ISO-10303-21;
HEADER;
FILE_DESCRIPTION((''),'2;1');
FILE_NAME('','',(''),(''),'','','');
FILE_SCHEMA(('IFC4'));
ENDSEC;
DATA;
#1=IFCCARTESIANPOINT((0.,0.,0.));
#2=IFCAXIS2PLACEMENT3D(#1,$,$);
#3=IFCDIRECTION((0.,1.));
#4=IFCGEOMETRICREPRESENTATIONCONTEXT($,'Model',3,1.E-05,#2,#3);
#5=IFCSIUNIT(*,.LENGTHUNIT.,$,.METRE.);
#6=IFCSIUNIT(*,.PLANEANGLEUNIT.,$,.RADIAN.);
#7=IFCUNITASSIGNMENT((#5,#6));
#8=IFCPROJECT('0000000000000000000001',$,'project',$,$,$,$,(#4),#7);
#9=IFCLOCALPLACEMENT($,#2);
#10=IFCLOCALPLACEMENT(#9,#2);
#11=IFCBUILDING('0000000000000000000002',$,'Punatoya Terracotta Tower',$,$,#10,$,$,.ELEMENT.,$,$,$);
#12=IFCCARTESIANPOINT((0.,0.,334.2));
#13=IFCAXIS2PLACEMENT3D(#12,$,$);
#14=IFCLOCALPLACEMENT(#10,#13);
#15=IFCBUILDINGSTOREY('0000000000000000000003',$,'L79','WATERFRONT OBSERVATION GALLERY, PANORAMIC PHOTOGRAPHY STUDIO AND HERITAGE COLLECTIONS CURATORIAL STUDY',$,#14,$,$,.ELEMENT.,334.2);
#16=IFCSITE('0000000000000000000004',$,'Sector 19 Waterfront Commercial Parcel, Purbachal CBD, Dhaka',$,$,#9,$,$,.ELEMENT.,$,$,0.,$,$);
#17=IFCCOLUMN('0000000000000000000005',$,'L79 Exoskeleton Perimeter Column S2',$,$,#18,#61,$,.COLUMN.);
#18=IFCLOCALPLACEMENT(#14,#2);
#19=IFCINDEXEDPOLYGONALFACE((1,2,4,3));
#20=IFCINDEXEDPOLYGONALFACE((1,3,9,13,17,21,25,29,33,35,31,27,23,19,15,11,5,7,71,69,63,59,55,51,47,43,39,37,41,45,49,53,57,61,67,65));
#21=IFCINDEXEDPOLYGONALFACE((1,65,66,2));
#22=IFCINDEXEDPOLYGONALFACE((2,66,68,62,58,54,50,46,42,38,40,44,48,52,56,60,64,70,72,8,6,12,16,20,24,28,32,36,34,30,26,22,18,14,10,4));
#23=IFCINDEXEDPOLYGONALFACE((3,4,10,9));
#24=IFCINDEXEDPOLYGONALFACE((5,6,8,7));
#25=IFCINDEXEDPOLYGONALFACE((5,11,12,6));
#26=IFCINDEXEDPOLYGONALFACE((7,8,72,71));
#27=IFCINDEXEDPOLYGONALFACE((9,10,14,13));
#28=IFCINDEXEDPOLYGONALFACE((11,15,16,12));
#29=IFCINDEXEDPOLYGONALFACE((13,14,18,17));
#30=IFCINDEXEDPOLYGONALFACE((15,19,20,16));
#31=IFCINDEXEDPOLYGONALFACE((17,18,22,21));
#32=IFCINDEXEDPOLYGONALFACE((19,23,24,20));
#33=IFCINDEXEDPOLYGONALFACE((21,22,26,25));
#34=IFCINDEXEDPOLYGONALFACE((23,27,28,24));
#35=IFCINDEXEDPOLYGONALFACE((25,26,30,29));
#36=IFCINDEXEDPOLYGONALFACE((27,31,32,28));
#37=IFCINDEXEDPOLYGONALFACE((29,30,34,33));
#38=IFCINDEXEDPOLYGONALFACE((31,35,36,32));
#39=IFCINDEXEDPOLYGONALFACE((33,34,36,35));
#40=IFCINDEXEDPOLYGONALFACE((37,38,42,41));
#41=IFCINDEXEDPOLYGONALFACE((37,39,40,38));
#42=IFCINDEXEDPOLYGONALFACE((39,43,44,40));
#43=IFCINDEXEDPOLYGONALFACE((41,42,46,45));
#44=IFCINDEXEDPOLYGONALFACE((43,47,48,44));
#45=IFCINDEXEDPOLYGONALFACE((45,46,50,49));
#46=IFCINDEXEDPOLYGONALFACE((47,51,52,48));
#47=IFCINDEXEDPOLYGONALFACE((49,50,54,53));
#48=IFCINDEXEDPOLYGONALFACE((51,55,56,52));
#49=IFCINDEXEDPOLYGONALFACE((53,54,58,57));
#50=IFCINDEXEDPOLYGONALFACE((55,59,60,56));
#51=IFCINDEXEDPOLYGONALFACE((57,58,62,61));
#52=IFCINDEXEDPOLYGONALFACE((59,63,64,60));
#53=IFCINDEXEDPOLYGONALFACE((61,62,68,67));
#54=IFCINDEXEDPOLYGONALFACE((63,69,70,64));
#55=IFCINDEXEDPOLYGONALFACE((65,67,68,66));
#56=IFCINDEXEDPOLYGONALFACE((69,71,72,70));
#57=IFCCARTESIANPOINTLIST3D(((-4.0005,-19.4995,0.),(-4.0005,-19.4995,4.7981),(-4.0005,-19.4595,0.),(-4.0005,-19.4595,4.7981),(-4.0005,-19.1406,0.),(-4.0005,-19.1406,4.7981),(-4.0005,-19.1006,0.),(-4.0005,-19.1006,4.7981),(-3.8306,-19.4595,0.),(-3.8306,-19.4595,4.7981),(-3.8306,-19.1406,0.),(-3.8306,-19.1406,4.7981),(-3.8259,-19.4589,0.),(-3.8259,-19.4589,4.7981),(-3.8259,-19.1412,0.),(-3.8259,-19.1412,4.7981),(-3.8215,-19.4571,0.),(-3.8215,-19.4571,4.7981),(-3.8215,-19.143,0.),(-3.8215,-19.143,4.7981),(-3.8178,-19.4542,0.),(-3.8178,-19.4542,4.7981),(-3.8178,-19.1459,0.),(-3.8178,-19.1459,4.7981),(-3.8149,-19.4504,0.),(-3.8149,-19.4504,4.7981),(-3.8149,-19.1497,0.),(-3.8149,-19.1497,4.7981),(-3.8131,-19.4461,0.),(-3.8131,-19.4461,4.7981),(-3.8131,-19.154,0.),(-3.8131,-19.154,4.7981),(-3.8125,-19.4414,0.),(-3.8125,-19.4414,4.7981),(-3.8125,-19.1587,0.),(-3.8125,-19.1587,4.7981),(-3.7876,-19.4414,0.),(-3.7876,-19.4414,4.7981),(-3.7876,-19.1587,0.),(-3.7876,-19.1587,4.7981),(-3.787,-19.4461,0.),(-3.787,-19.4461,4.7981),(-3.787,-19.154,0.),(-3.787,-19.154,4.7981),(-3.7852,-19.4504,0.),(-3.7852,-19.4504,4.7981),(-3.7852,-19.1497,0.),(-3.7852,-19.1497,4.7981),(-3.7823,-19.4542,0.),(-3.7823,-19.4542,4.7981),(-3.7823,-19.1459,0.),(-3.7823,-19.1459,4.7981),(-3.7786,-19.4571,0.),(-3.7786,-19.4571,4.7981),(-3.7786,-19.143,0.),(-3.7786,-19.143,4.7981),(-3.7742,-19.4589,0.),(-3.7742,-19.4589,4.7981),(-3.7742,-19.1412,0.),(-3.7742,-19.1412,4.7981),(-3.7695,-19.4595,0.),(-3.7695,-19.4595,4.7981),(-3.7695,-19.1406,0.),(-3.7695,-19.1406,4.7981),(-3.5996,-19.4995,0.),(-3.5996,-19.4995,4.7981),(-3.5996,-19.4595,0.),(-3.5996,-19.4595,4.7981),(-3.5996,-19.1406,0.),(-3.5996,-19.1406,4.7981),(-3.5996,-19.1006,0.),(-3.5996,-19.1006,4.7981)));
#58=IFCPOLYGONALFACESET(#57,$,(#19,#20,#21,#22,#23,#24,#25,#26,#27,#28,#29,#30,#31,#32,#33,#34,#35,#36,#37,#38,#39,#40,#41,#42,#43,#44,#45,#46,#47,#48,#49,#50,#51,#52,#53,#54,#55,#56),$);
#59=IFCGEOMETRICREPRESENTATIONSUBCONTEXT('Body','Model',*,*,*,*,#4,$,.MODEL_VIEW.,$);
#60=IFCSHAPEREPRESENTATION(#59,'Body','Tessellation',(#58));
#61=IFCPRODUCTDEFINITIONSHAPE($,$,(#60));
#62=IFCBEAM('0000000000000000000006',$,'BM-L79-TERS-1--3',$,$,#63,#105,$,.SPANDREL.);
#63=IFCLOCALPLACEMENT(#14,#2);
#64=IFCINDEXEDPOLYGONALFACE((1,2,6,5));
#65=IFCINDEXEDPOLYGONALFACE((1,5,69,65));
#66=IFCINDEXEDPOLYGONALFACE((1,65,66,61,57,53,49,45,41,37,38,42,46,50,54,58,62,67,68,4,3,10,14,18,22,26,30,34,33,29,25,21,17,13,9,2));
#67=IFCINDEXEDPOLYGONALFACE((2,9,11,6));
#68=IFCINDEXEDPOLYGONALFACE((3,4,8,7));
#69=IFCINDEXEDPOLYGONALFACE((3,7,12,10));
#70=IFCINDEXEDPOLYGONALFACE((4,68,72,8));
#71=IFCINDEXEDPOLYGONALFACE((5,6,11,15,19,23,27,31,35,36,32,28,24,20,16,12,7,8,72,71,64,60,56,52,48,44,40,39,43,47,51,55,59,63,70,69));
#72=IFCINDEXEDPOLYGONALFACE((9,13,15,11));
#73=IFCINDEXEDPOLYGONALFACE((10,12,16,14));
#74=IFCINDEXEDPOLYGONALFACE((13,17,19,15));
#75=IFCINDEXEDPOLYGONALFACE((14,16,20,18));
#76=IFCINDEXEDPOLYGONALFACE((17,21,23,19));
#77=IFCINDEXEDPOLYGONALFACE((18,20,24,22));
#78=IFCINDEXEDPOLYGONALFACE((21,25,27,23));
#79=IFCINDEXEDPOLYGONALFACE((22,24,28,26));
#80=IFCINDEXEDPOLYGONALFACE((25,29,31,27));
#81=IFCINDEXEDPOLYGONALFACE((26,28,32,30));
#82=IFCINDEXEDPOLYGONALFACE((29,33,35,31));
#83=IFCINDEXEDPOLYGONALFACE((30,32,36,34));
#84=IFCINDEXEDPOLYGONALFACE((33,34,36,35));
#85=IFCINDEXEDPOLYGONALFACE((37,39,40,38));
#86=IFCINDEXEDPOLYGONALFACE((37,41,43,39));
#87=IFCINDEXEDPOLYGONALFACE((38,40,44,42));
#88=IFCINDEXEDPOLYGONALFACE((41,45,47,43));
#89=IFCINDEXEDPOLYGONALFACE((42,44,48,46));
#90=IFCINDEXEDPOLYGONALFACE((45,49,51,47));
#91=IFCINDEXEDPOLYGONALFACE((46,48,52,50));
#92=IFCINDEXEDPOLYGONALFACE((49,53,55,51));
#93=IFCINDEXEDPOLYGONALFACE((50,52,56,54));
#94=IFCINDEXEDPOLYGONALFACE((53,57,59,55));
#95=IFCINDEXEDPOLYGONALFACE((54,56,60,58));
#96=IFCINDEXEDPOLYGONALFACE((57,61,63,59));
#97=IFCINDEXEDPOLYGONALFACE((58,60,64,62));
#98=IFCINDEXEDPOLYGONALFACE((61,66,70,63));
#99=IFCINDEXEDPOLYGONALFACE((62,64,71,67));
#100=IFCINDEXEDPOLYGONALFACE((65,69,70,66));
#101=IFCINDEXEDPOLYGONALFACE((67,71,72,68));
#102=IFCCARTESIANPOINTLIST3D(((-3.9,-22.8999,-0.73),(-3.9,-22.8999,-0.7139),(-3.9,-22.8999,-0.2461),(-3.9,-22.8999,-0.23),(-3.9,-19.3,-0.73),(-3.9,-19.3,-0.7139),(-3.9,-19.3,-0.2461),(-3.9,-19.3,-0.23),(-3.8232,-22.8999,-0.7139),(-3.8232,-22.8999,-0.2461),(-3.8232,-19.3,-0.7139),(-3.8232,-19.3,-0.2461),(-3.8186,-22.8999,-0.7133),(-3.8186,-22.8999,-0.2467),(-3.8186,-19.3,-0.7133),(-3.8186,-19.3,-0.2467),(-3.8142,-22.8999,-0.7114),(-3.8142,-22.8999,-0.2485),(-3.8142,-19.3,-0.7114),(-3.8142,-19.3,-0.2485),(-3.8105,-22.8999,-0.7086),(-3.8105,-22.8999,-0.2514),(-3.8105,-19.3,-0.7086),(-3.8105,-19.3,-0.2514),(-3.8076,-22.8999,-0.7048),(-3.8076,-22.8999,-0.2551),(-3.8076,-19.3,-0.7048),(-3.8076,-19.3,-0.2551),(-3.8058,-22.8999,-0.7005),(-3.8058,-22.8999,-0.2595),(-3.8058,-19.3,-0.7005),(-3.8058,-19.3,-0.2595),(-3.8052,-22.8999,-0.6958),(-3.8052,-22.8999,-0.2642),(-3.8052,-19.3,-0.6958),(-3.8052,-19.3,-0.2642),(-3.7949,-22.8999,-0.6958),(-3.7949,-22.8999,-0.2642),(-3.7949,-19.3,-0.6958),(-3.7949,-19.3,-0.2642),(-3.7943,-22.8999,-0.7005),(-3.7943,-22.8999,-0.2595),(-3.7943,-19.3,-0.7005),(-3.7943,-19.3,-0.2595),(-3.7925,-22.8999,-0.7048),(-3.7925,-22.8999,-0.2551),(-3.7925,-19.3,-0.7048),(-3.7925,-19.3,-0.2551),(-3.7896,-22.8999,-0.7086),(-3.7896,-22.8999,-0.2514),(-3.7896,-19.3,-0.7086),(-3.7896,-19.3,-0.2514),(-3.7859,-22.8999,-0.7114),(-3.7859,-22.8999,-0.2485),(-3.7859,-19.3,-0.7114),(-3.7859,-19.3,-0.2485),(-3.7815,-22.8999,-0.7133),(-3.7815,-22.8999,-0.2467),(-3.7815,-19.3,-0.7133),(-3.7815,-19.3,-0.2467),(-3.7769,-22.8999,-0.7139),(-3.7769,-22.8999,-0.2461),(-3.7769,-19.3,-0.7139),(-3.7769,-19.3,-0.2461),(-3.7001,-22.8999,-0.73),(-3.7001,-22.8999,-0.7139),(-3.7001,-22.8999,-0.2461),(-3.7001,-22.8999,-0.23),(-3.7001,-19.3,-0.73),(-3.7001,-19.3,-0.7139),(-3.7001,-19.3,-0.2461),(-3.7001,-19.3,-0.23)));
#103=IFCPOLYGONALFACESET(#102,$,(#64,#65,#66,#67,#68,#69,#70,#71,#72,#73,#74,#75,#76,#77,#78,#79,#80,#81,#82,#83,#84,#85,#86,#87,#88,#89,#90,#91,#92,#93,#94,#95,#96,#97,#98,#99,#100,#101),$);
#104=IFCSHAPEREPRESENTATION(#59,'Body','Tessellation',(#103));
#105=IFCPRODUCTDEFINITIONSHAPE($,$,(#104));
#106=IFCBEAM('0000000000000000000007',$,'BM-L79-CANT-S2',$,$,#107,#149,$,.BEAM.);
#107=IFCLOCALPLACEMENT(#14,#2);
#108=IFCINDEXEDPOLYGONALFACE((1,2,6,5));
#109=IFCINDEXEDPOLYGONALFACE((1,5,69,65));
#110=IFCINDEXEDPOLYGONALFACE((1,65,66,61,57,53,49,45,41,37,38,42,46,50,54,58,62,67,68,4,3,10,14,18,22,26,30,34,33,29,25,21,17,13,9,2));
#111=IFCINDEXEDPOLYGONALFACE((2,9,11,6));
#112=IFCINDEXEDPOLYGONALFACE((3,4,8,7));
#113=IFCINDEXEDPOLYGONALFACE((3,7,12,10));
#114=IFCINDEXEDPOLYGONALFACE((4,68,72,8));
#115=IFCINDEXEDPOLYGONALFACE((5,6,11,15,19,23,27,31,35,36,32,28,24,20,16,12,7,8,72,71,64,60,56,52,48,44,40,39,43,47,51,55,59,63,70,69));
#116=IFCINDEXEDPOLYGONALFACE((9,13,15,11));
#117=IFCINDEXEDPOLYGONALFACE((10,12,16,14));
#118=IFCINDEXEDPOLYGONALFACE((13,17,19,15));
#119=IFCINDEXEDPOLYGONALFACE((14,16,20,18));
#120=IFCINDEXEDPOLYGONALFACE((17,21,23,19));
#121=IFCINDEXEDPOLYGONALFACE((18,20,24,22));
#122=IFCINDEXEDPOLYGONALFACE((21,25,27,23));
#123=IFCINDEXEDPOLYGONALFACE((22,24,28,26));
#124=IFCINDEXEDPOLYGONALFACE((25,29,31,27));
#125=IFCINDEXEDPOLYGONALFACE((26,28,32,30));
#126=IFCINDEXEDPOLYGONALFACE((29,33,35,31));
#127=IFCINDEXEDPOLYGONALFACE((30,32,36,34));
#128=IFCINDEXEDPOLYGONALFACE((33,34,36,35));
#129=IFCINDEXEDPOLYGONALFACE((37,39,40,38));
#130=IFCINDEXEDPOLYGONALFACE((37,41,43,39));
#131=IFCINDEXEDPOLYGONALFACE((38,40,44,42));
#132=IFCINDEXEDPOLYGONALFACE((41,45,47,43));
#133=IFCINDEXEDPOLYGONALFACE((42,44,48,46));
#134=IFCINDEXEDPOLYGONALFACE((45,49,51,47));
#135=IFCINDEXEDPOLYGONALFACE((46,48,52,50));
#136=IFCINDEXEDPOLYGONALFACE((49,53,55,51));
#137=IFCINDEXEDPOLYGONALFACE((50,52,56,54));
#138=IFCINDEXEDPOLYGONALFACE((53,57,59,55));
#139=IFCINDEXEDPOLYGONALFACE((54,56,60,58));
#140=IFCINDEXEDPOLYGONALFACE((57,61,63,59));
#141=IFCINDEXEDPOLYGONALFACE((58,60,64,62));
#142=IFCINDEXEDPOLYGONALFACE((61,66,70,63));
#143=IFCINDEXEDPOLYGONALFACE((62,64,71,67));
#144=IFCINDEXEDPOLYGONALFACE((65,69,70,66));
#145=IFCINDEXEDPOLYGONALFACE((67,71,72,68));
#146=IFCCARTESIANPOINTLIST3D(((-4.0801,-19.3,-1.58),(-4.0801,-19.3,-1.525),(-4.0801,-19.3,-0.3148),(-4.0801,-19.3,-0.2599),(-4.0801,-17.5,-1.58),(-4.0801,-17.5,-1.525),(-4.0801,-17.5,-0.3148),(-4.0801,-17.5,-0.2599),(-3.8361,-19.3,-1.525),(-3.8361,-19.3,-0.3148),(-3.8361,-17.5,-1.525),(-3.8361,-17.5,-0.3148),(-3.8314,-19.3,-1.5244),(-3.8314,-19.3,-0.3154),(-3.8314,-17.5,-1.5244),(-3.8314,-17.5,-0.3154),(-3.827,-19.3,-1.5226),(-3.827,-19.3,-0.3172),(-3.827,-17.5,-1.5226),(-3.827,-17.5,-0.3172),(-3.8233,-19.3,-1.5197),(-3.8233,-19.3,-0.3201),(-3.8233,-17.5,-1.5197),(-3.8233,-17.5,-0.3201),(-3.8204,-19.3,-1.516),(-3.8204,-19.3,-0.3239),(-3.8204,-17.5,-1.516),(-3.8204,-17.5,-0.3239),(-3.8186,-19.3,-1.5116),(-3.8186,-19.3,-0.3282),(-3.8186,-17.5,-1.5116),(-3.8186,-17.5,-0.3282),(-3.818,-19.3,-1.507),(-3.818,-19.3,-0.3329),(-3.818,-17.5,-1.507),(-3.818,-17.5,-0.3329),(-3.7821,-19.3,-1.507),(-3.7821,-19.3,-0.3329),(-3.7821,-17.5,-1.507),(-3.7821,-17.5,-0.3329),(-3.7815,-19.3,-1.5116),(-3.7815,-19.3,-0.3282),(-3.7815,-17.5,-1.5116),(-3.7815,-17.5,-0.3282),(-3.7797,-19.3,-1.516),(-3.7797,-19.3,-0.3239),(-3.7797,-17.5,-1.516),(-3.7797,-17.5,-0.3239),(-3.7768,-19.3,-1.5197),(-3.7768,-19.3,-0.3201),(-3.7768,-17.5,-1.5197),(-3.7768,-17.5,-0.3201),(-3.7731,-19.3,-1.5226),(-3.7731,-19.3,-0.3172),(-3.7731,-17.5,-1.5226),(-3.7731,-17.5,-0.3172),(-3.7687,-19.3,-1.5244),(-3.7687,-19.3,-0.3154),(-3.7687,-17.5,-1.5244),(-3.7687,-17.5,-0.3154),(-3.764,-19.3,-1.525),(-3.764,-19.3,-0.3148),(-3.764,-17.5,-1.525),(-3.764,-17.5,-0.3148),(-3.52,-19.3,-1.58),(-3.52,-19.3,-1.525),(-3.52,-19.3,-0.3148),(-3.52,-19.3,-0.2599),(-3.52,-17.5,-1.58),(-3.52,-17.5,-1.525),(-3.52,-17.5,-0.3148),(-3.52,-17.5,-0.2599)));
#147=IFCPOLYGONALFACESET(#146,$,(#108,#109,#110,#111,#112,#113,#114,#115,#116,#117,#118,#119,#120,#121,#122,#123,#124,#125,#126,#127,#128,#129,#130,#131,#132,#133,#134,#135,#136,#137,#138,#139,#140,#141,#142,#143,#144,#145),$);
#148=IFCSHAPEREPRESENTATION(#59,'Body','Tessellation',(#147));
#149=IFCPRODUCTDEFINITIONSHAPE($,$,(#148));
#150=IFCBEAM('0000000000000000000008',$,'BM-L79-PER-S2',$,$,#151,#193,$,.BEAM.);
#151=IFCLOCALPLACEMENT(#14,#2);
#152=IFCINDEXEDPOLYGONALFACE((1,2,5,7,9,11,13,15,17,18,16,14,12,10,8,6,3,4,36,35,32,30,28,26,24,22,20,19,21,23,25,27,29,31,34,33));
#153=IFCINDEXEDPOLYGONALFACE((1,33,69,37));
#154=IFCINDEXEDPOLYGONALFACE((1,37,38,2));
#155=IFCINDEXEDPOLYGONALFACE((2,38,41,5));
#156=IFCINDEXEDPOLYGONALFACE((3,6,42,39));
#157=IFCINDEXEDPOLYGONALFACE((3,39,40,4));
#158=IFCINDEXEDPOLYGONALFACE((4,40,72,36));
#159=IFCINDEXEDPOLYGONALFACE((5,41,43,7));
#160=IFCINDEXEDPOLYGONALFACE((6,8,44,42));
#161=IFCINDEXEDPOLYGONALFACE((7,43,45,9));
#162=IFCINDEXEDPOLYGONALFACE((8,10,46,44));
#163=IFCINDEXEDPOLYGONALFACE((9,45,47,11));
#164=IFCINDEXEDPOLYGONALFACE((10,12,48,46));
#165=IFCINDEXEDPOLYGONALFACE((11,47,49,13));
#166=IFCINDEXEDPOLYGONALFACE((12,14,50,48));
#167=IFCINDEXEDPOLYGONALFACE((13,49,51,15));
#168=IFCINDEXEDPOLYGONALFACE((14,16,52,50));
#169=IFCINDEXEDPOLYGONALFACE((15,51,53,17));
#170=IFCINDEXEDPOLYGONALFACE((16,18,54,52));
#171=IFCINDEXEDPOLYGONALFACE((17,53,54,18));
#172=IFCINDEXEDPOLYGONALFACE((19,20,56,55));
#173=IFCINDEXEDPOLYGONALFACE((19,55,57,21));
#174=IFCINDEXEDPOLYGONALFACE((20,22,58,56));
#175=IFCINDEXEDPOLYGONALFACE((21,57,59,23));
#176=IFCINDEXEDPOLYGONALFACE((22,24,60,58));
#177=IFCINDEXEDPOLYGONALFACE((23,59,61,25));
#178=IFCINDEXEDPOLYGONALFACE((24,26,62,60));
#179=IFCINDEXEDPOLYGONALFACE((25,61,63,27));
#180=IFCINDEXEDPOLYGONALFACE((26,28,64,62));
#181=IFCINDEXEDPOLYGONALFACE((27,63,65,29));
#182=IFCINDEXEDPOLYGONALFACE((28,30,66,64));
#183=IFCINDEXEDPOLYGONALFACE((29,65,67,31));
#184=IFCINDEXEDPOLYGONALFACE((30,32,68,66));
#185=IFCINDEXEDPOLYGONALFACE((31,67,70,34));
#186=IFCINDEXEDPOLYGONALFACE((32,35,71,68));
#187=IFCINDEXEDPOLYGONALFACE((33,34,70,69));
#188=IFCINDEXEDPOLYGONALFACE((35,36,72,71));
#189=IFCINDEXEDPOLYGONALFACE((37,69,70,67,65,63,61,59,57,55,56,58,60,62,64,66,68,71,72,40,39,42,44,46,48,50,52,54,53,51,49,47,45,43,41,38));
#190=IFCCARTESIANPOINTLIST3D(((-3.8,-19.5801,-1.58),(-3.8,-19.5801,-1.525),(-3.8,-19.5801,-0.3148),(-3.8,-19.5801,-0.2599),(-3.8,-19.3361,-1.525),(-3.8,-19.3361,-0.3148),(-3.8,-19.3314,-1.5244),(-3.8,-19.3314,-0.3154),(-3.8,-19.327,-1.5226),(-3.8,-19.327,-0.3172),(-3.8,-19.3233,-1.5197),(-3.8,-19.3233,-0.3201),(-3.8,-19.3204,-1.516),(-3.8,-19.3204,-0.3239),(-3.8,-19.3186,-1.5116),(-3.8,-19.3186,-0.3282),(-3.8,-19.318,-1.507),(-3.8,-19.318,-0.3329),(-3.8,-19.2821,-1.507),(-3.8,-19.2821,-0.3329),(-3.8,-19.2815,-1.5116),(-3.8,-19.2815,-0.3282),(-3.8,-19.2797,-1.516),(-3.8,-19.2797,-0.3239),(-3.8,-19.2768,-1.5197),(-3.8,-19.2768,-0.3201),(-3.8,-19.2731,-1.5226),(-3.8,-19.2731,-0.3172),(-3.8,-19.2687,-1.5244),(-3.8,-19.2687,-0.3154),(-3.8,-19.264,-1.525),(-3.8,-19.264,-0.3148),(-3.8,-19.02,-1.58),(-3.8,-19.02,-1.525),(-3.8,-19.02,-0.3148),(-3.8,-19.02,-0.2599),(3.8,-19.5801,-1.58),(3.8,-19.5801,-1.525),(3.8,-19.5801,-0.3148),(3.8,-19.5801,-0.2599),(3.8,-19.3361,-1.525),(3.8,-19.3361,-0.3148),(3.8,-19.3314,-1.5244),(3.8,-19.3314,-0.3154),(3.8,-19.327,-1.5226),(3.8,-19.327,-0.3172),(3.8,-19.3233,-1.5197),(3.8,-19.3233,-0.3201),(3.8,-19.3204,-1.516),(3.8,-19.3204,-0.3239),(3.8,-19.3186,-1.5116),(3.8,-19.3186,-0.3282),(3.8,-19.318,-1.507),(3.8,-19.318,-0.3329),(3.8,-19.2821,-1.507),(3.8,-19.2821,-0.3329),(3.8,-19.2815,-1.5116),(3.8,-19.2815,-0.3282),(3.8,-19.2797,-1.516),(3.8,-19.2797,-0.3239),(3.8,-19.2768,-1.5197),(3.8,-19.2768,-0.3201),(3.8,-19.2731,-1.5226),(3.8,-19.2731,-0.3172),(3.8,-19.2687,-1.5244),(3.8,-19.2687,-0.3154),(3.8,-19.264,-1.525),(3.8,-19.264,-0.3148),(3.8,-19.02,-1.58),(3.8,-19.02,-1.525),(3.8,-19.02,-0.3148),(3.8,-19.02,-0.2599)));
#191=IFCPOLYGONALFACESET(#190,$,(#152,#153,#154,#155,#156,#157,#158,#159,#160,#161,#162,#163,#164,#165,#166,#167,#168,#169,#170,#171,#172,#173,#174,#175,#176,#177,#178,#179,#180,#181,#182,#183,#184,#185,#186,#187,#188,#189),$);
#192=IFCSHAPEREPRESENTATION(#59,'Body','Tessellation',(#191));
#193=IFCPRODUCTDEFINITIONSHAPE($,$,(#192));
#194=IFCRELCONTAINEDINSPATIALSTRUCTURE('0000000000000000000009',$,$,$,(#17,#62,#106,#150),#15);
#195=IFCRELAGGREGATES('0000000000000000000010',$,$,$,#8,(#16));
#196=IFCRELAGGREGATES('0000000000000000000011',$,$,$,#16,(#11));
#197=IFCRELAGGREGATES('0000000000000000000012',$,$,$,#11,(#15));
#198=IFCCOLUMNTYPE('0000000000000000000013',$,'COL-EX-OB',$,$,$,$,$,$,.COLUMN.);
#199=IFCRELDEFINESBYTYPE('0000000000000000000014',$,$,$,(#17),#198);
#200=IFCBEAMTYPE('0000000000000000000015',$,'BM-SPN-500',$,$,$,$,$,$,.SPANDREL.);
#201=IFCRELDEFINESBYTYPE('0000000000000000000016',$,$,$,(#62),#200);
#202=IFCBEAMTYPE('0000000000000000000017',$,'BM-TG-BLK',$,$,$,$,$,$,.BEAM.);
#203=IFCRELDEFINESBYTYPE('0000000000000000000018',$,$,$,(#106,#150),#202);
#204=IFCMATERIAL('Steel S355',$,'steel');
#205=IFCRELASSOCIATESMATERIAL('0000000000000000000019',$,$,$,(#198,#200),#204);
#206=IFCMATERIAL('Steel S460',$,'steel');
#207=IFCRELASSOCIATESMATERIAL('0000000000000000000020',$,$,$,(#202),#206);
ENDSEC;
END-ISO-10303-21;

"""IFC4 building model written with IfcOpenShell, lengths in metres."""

from ifc_helpers import new_model, si_unit, direction, frame, origin, origin_2d, place, context, subcontext, project, spatial, i_section, extrude, material, material_profile, profile_set, type_object, element, save


model = new_model("IFC4")

# Units and contexts
model_context = context("Model", 3, precision=1e-05, world=origin(), true_north=direction((0.0, 1.0)))
body_context = subcontext(model_context, "Body", "Model", "MODEL_VIEW")
ifc_project = project(units=[si_unit("LENGTHUNIT", "METRE"), si_unit("PLANEANGLEUNIT", "RADIAN")], contexts=[model_context])

# Site, building, storey
site_placement = place(None, origin())
site = spatial("IfcSite", under=ifc_project, at=site_placement, Name="Sector 19 Waterfront Commercial Parcel, Purbachal CBD, Dhaka", CompositionType="ELEMENT", RefElevation=0.0)
building_placement = place(site_placement, origin())
building = spatial("IfcBuilding", under=site, at=building_placement, Name="Punatoya Terracotta Tower", CompositionType="ELEMENT")
storey_placement = place(building_placement, frame((0.0, 0.0, 334.2)))
storey = spatial("IfcBuildingStorey", under=building, at=storey_placement, Name="L79", Description="WATERFRONT OBSERVATION GALLERY, PANORAMIC PHOTOGRAPHY STUDIO AND HERITAGE COLLECTIONS CURATORIAL STUDY", CompositionType="ELEMENT", Elevation=334.2)

# Column
ifc_material_1 = material(Name="Steel S355", Category="steel")
ifc_material_profile_1 = material_profile(ifc_material_1, i_section(OverallWidth=0.4009, OverallDepth=0.3989, WebThickness=0.0249, FlangeThickness=0.04, FilletRadius=0.0181, at=origin_2d()))
ifc_profile_set_1 = profile_set([ifc_material_profile_1], Name="Steel S355")
column_type = type_object("IfcColumnType", Name="COL-EX-OB", PredefinedType="COLUMN", material=ifc_profile_set_1)
column_placement = place(storey_placement, frame((-3.8, -19.3, 0.0), z_axis=(0.0, 0.0, 1.0), x_axis=(1.0, 0.0, 0.0)))
element("IfcColumn", 1, at=column_placement, inside=storey, type_object=column_type, Name="L79 Exoskeleton Perimeter Column S2", PredefinedType="COLUMN", context=body_context, shape_type="SweptSolid", body=[
    extrude(i_section(OverallWidth=0.4009, OverallDepth=0.3989, WebThickness=0.0249, FlangeThickness=0.04, FilletRadius=0.0181, at=origin_2d()), origin(), (0.0, 0.0, 1.0), 4.7981),
])

# Beams
ifc_material_profile_2 = material_profile(ifc_material_1, i_section(OverallWidth=0.2, OverallDepth=0.5, WebThickness=0.0103, FlangeThickness=0.0161, FilletRadius=0.0181, at=origin_2d()))
ifc_profile_set_2 = profile_set([ifc_material_profile_2], Name="Steel S355")
beam_type_1 = type_object("IfcBeamType", Name="BM-SPN-500", PredefinedType="SPANDREL", material=ifc_profile_set_2)
beam_1_placement = place(storey_placement, frame((-3.8, -22.8999, -0.48), z_axis=(0.0, 1.0, 0.0), x_axis=(-1.0, 0.0, 0.0)))
element("IfcBeam", 2, at=beam_1_placement, inside=storey, type_object=beam_type_1, Name="BM-L79-TERS-1--3", PredefinedType="SPANDREL", context=body_context, shape_type="SweptSolid", body=[
    extrude(i_section(OverallWidth=0.2, OverallDepth=0.5, WebThickness=0.0103, FlangeThickness=0.0161, FilletRadius=0.0181, at=origin_2d()), origin(), (0.0, 0.0, 1.0), 3.5999),
])
ifc_material_2 = material(Name="Steel S460", Category="steel")
ifc_material_profile_3 = material_profile(ifc_material_2, i_section(OverallWidth=0.5601, OverallDepth=1.3201, WebThickness=0.0359, FlangeThickness=0.0549, FilletRadius=0.0181, at=origin_2d()))
ifc_profile_set_3 = profile_set([ifc_material_profile_3], Name="Steel S460")
beam_type_2 = type_object("IfcBeamType", Name="BM-TG-BLK", PredefinedType="BEAM", material=ifc_profile_set_3)
beam_2_placement = place(storey_placement, frame((-3.8, -19.3, -0.9199), z_axis=(0.0, 1.0, 0.0), x_axis=(-1.0, 0.0, 0.0)))
element("IfcBeam", 3, at=beam_2_placement, inside=storey, type_object=beam_type_2, Name="BM-L79-CANT-S2", PredefinedType="BEAM", context=body_context, shape_type="SweptSolid", body=[
    extrude(i_section(OverallWidth=0.5601, OverallDepth=1.3201, WebThickness=0.0359, FlangeThickness=0.0549, FilletRadius=0.0181, at=origin_2d()), origin(), (0.0, 0.0, 1.0), 1.8),
])
beam_3_placement = place(storey_placement, frame((-3.8, -19.3, -0.9199), z_axis=(1.0, 0.0, 0.0), x_axis=(0.0, 1.0, 0.0)))
element("IfcBeam", 4, at=beam_3_placement, inside=storey, type_object=beam_type_2, Name="BM-L79-PER-S2", PredefinedType="BEAM", context=body_context, shape_type="SweptSolid", body=[
    extrude(i_section(OverallWidth=0.5601, OverallDepth=1.3201, WebThickness=0.0359, FlangeThickness=0.0549, FilletRadius=0.0181, at=origin_2d()), origin(), (0.0, 0.0, 1.0), 7.6001),
])

save(model, "model.ifc")
